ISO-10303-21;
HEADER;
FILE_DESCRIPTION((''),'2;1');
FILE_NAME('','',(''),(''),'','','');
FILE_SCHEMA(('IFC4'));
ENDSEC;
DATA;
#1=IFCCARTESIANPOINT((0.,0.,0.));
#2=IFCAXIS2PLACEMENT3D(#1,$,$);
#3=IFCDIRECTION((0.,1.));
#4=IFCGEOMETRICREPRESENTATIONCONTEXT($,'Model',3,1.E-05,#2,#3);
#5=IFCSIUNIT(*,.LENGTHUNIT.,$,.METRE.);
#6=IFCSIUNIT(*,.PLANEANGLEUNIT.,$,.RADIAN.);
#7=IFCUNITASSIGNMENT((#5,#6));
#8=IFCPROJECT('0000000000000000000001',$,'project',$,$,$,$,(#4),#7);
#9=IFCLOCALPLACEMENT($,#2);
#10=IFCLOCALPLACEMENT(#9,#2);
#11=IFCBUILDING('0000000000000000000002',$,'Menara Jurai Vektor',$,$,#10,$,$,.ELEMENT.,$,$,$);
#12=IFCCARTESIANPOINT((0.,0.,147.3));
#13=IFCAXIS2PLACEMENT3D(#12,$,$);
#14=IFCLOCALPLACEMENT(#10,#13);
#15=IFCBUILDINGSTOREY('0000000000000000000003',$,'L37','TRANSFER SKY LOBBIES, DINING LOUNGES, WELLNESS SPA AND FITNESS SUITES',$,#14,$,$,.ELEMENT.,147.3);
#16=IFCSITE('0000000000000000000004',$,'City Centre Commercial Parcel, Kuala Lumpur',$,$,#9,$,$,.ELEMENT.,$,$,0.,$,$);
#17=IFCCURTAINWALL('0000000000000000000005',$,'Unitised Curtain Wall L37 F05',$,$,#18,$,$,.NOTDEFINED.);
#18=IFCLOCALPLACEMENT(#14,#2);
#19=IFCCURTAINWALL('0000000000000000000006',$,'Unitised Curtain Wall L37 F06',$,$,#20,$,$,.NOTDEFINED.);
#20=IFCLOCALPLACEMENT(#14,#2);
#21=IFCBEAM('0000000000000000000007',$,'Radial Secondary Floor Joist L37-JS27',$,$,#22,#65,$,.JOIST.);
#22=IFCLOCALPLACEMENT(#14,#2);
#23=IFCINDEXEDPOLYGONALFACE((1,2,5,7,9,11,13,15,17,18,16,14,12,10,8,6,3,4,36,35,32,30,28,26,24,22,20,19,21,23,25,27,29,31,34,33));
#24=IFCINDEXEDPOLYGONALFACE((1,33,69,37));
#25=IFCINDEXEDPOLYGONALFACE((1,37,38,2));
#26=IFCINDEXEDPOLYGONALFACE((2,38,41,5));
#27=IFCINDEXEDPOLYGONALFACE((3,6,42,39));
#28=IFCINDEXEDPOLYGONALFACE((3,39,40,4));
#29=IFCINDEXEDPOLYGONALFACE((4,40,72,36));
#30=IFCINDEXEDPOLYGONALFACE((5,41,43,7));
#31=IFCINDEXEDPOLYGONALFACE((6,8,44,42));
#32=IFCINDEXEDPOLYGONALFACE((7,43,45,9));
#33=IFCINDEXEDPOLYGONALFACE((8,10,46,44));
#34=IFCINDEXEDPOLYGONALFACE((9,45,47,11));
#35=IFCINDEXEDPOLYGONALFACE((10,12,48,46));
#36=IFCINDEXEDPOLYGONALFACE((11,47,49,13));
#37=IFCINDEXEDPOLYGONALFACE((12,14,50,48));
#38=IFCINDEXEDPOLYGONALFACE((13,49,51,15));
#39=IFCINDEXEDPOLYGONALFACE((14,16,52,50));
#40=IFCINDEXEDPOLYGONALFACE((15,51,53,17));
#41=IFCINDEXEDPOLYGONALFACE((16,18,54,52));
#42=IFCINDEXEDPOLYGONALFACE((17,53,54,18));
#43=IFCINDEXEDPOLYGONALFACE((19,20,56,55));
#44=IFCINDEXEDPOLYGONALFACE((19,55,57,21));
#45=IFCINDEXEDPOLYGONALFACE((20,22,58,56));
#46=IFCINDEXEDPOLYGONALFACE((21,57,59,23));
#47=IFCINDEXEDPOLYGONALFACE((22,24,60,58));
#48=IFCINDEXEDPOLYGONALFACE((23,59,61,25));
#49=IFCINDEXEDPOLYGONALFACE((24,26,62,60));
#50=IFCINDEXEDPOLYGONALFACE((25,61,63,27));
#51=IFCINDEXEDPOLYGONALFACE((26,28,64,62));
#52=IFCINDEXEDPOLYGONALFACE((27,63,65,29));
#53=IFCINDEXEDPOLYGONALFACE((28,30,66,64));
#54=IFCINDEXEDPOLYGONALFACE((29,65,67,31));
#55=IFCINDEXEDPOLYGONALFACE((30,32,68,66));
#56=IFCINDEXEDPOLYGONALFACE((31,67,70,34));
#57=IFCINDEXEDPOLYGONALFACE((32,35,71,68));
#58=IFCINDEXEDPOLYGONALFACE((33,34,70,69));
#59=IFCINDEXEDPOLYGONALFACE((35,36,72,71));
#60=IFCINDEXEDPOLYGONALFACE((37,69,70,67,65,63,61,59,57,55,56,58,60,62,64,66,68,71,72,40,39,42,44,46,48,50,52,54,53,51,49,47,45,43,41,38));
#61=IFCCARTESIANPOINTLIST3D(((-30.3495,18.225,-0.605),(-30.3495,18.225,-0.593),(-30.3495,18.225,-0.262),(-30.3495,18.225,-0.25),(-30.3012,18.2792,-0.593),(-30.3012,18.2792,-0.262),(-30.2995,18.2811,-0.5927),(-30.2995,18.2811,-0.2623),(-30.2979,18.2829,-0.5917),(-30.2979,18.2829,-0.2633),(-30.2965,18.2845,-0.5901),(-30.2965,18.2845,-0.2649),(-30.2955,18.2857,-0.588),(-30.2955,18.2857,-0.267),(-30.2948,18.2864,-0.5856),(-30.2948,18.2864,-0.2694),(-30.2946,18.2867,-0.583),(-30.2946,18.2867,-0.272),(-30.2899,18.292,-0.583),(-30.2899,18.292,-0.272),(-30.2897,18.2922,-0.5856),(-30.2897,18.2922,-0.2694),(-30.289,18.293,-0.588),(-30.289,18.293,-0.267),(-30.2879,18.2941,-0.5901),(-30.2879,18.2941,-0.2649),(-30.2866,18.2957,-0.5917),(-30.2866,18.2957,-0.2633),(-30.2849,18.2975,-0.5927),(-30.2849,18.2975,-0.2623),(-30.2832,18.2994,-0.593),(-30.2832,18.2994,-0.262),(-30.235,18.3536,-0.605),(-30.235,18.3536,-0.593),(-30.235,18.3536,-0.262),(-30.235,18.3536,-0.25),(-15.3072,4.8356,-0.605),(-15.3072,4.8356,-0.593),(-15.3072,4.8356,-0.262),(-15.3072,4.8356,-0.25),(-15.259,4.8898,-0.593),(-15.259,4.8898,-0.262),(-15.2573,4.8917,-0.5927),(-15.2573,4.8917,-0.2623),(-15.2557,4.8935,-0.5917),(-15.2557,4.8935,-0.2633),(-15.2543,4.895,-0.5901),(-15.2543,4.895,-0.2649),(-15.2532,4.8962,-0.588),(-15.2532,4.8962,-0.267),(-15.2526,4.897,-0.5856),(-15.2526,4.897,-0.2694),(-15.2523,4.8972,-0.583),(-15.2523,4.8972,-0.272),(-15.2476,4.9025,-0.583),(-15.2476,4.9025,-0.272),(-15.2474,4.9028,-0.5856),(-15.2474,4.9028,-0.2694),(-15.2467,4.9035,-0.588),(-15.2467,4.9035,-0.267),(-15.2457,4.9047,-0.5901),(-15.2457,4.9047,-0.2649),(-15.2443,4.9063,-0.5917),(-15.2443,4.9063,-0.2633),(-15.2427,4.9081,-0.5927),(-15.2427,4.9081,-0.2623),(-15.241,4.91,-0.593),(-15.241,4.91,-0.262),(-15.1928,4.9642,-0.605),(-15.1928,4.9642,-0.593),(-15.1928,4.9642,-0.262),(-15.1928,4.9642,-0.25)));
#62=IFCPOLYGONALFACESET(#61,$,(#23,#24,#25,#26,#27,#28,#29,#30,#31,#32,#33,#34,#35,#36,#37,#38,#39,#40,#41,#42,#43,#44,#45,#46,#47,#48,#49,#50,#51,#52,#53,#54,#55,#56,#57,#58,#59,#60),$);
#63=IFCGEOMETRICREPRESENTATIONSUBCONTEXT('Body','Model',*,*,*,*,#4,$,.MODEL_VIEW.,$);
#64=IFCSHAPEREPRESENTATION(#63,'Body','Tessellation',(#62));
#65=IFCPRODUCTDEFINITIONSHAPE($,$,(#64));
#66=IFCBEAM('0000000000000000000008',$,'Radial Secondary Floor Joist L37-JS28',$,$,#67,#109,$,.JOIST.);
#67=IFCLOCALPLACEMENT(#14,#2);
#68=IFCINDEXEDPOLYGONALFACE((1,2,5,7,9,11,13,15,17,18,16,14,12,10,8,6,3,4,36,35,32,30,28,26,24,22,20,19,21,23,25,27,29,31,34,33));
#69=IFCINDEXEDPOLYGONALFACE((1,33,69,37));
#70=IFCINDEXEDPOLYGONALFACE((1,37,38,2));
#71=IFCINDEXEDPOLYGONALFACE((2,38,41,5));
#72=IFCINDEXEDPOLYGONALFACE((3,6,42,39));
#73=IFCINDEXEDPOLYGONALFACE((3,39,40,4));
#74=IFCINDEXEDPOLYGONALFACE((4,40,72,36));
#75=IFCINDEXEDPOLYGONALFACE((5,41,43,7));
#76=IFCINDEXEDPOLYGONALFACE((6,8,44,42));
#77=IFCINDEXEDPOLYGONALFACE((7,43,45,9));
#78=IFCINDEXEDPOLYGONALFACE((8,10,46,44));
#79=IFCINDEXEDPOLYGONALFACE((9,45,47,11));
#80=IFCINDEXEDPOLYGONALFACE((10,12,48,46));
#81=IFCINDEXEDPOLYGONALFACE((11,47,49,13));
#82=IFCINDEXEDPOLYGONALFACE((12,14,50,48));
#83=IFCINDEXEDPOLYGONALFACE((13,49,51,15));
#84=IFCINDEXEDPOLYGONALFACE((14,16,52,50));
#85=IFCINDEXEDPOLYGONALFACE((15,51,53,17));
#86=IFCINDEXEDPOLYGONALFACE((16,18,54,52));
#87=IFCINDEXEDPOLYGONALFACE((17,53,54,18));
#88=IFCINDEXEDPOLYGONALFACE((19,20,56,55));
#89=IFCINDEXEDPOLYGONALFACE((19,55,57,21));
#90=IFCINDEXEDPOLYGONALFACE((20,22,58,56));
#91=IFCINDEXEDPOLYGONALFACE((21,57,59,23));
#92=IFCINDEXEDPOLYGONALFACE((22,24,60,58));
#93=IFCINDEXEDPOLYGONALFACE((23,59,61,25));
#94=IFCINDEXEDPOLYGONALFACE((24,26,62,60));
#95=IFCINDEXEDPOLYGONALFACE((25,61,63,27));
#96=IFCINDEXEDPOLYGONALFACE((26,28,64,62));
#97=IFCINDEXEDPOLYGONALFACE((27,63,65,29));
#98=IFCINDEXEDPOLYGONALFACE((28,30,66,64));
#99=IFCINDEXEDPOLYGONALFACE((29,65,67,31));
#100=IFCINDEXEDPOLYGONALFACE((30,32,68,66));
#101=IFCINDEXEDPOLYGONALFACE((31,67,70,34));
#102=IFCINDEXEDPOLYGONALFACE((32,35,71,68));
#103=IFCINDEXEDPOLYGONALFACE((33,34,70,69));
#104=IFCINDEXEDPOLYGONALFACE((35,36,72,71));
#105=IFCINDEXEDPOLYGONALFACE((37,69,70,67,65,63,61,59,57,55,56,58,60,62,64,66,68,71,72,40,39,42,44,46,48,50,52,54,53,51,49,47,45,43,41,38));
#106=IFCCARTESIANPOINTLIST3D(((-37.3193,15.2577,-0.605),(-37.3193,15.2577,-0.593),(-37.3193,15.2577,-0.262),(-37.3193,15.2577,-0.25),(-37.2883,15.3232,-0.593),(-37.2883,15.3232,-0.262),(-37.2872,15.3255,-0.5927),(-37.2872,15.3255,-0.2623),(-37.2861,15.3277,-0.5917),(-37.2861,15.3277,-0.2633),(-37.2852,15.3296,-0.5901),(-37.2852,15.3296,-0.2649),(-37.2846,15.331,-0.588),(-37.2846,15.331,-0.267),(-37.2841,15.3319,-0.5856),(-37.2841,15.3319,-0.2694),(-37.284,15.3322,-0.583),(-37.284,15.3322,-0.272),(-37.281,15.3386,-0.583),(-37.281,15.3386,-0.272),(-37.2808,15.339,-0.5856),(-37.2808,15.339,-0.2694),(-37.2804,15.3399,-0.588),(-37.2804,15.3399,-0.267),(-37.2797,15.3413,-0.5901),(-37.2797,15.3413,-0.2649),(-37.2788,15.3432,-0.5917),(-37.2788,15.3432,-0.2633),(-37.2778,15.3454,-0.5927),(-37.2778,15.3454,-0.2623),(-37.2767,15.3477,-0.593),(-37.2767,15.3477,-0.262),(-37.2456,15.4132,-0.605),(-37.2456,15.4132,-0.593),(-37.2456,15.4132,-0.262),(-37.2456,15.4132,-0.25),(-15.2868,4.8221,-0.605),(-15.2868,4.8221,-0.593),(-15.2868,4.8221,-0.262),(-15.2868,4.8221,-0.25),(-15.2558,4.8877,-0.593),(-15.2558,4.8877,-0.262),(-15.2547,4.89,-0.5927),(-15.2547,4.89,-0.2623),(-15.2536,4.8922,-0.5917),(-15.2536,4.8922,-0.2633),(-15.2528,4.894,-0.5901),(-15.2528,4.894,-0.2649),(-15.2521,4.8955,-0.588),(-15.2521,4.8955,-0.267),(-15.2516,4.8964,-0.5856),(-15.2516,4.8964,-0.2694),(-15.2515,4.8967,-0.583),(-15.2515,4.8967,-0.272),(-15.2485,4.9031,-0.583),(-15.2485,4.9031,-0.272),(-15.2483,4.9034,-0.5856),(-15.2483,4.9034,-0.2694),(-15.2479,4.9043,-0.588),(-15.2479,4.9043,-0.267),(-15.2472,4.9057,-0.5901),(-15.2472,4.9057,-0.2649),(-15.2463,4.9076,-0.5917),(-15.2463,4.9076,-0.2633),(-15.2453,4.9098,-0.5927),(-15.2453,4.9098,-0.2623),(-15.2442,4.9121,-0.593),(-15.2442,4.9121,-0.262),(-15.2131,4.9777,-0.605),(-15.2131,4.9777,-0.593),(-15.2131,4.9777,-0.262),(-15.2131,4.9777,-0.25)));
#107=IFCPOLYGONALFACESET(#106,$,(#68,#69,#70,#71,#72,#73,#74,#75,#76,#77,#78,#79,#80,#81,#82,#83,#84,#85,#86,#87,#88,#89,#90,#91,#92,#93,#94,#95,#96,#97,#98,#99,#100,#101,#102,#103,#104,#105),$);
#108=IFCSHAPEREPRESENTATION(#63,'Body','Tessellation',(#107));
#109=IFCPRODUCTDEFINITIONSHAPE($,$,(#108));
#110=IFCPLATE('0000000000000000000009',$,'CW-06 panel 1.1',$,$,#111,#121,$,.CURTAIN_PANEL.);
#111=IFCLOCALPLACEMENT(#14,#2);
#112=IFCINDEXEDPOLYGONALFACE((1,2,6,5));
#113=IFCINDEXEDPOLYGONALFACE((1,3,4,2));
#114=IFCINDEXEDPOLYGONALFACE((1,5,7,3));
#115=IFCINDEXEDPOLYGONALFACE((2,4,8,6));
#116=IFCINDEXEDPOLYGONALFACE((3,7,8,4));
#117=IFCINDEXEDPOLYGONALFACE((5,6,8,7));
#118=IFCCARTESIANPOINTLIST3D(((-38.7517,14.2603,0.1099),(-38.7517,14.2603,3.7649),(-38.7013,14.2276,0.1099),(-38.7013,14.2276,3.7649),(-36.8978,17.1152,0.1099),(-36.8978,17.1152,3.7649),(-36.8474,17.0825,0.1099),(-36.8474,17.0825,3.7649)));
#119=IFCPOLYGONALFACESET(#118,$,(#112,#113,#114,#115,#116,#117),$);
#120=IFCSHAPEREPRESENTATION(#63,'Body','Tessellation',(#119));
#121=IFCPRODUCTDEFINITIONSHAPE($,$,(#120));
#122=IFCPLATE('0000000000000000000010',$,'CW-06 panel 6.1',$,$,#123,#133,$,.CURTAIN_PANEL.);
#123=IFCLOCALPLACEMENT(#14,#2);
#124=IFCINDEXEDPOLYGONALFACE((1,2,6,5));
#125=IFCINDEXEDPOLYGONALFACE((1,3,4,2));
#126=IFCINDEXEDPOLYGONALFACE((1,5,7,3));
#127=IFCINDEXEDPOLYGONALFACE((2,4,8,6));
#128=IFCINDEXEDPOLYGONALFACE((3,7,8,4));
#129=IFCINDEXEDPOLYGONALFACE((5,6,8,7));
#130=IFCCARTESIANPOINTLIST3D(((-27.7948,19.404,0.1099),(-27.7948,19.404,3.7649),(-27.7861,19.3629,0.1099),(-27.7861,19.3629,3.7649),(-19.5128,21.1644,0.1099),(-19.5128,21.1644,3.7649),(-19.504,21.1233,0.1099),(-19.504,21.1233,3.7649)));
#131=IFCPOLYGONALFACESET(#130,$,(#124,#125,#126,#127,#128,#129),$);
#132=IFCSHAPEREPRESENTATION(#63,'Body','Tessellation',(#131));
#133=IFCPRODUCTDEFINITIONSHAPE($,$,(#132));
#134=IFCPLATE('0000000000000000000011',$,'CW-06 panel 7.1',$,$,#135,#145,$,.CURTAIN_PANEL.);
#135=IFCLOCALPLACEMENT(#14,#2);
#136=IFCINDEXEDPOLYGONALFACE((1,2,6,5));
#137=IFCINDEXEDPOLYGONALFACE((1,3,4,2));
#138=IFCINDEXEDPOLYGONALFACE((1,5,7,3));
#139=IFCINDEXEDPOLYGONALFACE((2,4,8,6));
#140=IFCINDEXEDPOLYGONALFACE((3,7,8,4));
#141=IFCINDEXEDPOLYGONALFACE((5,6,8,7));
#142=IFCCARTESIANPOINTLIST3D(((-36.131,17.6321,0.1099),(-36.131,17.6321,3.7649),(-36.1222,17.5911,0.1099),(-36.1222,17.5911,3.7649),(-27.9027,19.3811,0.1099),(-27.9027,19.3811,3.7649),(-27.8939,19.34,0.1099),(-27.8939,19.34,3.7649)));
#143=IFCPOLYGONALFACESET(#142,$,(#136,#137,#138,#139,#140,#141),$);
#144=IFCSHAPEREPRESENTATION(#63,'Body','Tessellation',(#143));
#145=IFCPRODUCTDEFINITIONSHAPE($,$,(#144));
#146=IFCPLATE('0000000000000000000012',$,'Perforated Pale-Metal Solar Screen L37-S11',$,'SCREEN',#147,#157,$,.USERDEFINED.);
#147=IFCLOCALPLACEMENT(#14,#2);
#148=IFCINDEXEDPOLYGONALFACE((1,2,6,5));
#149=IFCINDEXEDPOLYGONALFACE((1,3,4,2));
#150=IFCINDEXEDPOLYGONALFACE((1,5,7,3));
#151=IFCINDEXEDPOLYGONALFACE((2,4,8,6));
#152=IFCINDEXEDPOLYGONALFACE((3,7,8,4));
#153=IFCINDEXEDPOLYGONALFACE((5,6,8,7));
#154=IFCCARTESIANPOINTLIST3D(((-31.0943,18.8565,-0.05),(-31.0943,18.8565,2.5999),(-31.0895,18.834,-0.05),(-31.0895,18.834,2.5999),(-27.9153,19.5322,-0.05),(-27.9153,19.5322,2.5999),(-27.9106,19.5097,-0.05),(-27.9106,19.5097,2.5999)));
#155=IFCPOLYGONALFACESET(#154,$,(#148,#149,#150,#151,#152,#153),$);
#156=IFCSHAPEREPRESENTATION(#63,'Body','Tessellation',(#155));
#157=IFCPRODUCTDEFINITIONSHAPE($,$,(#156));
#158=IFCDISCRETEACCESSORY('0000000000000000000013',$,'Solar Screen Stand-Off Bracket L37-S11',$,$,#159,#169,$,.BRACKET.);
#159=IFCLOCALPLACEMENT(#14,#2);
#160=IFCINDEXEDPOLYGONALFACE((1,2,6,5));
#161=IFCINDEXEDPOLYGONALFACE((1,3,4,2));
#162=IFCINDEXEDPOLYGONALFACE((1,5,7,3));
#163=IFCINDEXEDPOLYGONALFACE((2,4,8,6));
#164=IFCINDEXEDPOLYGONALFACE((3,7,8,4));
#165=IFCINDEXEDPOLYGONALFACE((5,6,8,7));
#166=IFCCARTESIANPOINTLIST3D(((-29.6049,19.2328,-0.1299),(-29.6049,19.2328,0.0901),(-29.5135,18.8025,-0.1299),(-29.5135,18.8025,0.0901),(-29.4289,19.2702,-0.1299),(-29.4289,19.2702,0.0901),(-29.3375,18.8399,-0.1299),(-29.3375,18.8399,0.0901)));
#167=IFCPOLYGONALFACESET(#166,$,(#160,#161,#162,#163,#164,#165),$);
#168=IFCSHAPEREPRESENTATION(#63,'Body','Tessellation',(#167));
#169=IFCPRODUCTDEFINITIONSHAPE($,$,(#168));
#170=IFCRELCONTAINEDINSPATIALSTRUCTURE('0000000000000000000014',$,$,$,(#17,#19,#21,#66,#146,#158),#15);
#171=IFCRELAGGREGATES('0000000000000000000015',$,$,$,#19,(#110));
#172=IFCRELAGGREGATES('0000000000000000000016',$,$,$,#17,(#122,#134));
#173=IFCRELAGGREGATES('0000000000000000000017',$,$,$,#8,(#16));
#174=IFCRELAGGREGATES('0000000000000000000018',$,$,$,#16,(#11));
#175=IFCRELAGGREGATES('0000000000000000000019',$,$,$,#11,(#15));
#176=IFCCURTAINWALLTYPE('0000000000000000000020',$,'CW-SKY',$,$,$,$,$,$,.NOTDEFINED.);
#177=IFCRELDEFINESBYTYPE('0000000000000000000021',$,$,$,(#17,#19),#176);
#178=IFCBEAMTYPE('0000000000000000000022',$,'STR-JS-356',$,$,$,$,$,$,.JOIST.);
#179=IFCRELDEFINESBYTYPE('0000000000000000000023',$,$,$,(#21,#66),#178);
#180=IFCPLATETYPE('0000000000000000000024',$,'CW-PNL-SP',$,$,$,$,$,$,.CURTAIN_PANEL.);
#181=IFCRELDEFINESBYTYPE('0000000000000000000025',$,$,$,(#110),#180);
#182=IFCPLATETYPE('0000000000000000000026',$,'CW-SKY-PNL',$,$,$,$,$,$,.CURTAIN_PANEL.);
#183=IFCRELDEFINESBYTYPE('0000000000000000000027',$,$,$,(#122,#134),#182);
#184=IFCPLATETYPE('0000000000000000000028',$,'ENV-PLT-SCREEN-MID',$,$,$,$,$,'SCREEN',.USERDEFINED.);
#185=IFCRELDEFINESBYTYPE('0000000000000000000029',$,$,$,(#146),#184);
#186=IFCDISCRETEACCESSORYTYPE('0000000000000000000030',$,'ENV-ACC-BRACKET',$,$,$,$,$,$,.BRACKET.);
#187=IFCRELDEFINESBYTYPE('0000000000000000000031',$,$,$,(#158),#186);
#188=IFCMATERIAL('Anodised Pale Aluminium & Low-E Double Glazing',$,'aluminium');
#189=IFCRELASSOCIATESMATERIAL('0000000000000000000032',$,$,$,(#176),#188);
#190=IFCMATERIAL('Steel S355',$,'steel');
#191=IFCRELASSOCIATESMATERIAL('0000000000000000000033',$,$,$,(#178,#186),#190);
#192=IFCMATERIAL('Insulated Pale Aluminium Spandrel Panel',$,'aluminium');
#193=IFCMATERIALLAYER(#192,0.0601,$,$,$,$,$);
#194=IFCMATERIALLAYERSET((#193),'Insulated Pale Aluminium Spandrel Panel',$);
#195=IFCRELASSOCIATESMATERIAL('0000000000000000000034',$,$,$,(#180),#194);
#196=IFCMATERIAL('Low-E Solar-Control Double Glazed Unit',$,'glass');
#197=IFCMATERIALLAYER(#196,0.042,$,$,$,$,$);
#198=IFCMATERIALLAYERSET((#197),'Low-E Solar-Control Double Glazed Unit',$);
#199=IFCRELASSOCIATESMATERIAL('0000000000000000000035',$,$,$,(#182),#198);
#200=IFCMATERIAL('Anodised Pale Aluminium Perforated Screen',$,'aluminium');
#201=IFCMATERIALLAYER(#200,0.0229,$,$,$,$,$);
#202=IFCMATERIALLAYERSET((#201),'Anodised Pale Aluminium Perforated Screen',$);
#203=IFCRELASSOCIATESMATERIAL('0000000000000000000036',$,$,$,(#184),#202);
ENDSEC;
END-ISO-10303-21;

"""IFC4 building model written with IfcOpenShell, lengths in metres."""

from ifc_helpers import new_model, si_unit, direction, frame, origin, origin_2d, place, context, subcontext, project, spatial, rectangle, i_section, extrude, material, layer, layer_set, material_profile, profile_set, type_object, element, aggregate, save


model = new_model("IFC4")

# Units and contexts
model_context = context("Model", 3, precision=1e-05, world=origin(), true_north=direction((0.0, 1.0)))
body_context = subcontext(model_context, "Body", "Model", "MODEL_VIEW")
ifc_project = project(units=[si_unit("LENGTHUNIT", "METRE"), si_unit("PLANEANGLEUNIT", "RADIAN")], contexts=[model_context])

# Site, building, storey
site_placement = place(None, origin())
site = spatial("IfcSite", under=ifc_project, at=site_placement, Name="City Centre Commercial Parcel, Kuala Lumpur", CompositionType="ELEMENT", RefElevation=0.0)
building_placement = place(site_placement, origin())
building = spatial("IfcBuilding", under=site, at=building_placement, Name="Menara Jurai Vektor", CompositionType="ELEMENT")
storey_placement = place(building_placement, frame((0.0, 0.0, 147.3)))
storey = spatial("IfcBuildingStorey", under=building, at=storey_placement, Name="L37", Description="TRANSFER SKY LOBBIES, DINING LOUNGES, WELLNESS SPA AND FITNESS SUITES", CompositionType="ELEMENT", Elevation=147.3)

# Curtain walls
ifc_material_1 = material(Name="Anodised Pale Aluminium & Low-E Double Glazing", Category="aluminium")
curtain_wall_type = type_object("IfcCurtainWallType", Name="CW-SKY", PredefinedType="NOTDEFINED", material=ifc_material_1)
curtain_wall_1_placement = place(storey_placement, origin())
curtain_wall_1 = element("IfcCurtainWall", 1, at=curtain_wall_1_placement, inside=storey, type_object=curtain_wall_type, Name="Unitised Curtain Wall L37 F05", PredefinedType="NOTDEFINED")
curtain_wall_2_placement = place(storey_placement, origin())
curtain_wall_2 = element("IfcCurtainWall", 2, at=curtain_wall_2_placement, inside=storey, type_object=curtain_wall_type, Name="Unitised Curtain Wall L37 F06", PredefinedType="NOTDEFINED")

# Shared definitions
ifc_material_2 = material(Name="Steel S355", Category="steel")

# Beams
ifc_material_profile_1 = material_profile(ifc_material_2, i_section(OverallWidth=0.1721, OverallDepth=0.355, WebThickness=0.0071, FlangeThickness=0.012, FilletRadius=0.01, at=origin_2d()), Name="UKB 356x171x51")
ifc_profile_set_1 = profile_set([ifc_material_profile_1], Name="Steel S355")
beam_type_1 = type_object("IfcBeamType", Name="STR-JS-356", PredefinedType="JOIST", material=ifc_profile_set_1)
beam_1_placement = place(storey_placement, frame((-30.2922, 18.2893, -0.4275), z_axis=(0.746952, -0.664878, 0.0), x_axis=(0.664878, 0.746952, 0.0)))
element("IfcBeam", 3, at=beam_1_placement, inside=storey, type_object=beam_type_1, Name="Radial Secondary Floor Joist L37-JS27", PredefinedType="JOIST", context=body_context, shape_type="SweptSolid", body=[
    extrude(i_section(OverallWidth=0.1721, OverallDepth=0.355, WebThickness=0.0071, FlangeThickness=0.012, FilletRadius=0.01, at=origin_2d()), origin(), (0.0, 0.0, 1.0), 20.1382),
])
beam_2_placement = place(storey_placement, frame((-37.2825, 15.3354, -0.4275), z_axis=(0.903752, -0.428057, 0.0), x_axis=(0.428057, 0.903752, 0.0)))
element("IfcBeam", 4, at=beam_2_placement, inside=storey, type_object=beam_type_1, Name="Radial Secondary Floor Joist L37-JS28", PredefinedType="JOIST", context=body_context, shape_type="SweptSolid", body=[
    extrude(i_section(OverallWidth=0.1721, OverallDepth=0.355, WebThickness=0.0071, FlangeThickness=0.012, FilletRadius=0.01, at=origin_2d()), origin(), (0.0, 0.0, 1.0), 24.3789),
])

# Plates
ifc_material_3 = material(Name="Insulated Pale Aluminium Spandrel Panel", Category="aluminium")
ifc_layer_1 = layer(ifc_material_3, 0.0601)
ifc_layer_set_1 = layer_set([ifc_layer_1], Name="Insulated Pale Aluminium Spandrel Panel")
plate_type_1 = type_object("IfcPlateType", Name="CW-PNL-SP", PredefinedType="CURTAIN_PANEL", material=ifc_layer_set_1)
plate_1_placement = place(storey_placement, frame((-37.7996, 15.6714, 0.1099), z_axis=(0.0, 0.0, 1.0), x_axis=(-0.544618, -0.838684, 0.0)))
plate_1 = element("IfcPlate", 5, at=plate_1_placement, type_object=plate_type_1, Name="CW-06 panel 1.1", PredefinedType="CURTAIN_PANEL", context=body_context, shape_type="SweptSolid", body=[
    extrude(rectangle(XDim=3.4041, YDim=0.0601, at=origin_2d()), origin(), (0.0, 0.0, 1.0), 3.655),
])
aggregate(curtain_wall_2, [plate_1])
ifc_material_4 = material(Name="Low-E Solar-Control Double Glazed Unit", Category="glass")
ifc_layer_2 = layer(ifc_material_4, 0.042)
ifc_layer_set_2 = layer_set([ifc_layer_2], Name="Low-E Solar-Control Double Glazed Unit")
plate_type_2 = type_object("IfcPlateType", Name="CW-SKY-PNL", PredefinedType="CURTAIN_PANEL", material=ifc_layer_set_2)
plate_2_placement = place(storey_placement, frame((-23.6494, 20.2637, 0.1099), z_axis=(0.0, 0.0, 1.0), x_axis=(-0.978148, -0.207911, 0.0)))
plate_2 = element("IfcPlate", 6, at=plate_2_placement, type_object=plate_type_2, Name="CW-06 panel 6.1", PredefinedType="CURTAIN_PANEL", context=body_context, shape_type="SweptSolid", body=[
    extrude(rectangle(XDim=8.467, YDim=0.042, at=origin_2d()), origin(), (0.0, 0.0, 1.0), 3.655),
])
plate_3_placement = place(storey_placement, frame((-32.0125, 18.4861, 0.1099), z_axis=(0.0, 0.0, 1.0), x_axis=(-0.978148, -0.207911, 0.0)))
plate_3 = element("IfcPlate", 7, at=plate_3_placement, type_object=plate_type_2, Name="CW-06 panel 7.1", PredefinedType="CURTAIN_PANEL", context=body_context, shape_type="SweptSolid", body=[
    extrude(rectangle(XDim=8.4121, YDim=0.042, at=origin_2d()), origin(), (0.0, 0.0, 1.0), 3.655),
])
aggregate(curtain_wall_1, [plate_2, plate_3])
ifc_material_5 = material(Name="Anodised Pale Aluminium Perforated Screen", Category="aluminium")
ifc_layer_3 = layer(ifc_material_5, 0.0229)
ifc_layer_set_3 = layer_set([ifc_layer_3], Name="Anodised Pale Aluminium Perforated Screen")
plate_type_3 = type_object("IfcPlateType", Name="ENV-PLT-SCREEN-MID", ElementType="SCREEN", PredefinedType="USERDEFINED", material=ifc_layer_set_3)
plate_4_placement = place(storey_placement, frame((-29.5024, 19.1831, -0.05), z_axis=(0.0, 0.0, 1.0), x_axis=(-0.978148, -0.207912, 0.0)))
element("IfcPlate", 8, at=plate_4_placement, inside=storey, type_object=plate_type_3, Name="Perforated Pale-Metal Solar Screen L37-S11", ObjectType="SCREEN", PredefinedType="USERDEFINED", context=body_context, shape_type="SweptSolid", body=[
    extrude(rectangle(XDim=3.25, YDim=0.0229, at=origin_2d()), origin(), (0.0, 0.0, 1.0), 2.6499),
])

# Discrete accessory
discrete_accessory_type = type_object("IfcDiscreteAccessoryType", Name="ENV-ACC-BRACKET", PredefinedType="BRACKET", material=ifc_material_2)
discrete_accessory_placement = place(storey_placement, frame((-29.4712, 19.0364, -0.1299), z_axis=(0.0, 0.0, 1.0), x_axis=(-0.978148, -0.207912, 0.0)))
element("IfcDiscreteAccessory", 9, at=discrete_accessory_placement, inside=storey, type_object=discrete_accessory_type, Name="Solar Screen Stand-Off Bracket L37-S11", PredefinedType="BRACKET", context=body_context, shape_type="SweptSolid", body=[
    extrude(rectangle(XDim=0.1799, YDim=0.4399, at=origin_2d()), origin(), (0.0, 0.0, 1.0), 0.22),
])

save(model, "model.ifc")
